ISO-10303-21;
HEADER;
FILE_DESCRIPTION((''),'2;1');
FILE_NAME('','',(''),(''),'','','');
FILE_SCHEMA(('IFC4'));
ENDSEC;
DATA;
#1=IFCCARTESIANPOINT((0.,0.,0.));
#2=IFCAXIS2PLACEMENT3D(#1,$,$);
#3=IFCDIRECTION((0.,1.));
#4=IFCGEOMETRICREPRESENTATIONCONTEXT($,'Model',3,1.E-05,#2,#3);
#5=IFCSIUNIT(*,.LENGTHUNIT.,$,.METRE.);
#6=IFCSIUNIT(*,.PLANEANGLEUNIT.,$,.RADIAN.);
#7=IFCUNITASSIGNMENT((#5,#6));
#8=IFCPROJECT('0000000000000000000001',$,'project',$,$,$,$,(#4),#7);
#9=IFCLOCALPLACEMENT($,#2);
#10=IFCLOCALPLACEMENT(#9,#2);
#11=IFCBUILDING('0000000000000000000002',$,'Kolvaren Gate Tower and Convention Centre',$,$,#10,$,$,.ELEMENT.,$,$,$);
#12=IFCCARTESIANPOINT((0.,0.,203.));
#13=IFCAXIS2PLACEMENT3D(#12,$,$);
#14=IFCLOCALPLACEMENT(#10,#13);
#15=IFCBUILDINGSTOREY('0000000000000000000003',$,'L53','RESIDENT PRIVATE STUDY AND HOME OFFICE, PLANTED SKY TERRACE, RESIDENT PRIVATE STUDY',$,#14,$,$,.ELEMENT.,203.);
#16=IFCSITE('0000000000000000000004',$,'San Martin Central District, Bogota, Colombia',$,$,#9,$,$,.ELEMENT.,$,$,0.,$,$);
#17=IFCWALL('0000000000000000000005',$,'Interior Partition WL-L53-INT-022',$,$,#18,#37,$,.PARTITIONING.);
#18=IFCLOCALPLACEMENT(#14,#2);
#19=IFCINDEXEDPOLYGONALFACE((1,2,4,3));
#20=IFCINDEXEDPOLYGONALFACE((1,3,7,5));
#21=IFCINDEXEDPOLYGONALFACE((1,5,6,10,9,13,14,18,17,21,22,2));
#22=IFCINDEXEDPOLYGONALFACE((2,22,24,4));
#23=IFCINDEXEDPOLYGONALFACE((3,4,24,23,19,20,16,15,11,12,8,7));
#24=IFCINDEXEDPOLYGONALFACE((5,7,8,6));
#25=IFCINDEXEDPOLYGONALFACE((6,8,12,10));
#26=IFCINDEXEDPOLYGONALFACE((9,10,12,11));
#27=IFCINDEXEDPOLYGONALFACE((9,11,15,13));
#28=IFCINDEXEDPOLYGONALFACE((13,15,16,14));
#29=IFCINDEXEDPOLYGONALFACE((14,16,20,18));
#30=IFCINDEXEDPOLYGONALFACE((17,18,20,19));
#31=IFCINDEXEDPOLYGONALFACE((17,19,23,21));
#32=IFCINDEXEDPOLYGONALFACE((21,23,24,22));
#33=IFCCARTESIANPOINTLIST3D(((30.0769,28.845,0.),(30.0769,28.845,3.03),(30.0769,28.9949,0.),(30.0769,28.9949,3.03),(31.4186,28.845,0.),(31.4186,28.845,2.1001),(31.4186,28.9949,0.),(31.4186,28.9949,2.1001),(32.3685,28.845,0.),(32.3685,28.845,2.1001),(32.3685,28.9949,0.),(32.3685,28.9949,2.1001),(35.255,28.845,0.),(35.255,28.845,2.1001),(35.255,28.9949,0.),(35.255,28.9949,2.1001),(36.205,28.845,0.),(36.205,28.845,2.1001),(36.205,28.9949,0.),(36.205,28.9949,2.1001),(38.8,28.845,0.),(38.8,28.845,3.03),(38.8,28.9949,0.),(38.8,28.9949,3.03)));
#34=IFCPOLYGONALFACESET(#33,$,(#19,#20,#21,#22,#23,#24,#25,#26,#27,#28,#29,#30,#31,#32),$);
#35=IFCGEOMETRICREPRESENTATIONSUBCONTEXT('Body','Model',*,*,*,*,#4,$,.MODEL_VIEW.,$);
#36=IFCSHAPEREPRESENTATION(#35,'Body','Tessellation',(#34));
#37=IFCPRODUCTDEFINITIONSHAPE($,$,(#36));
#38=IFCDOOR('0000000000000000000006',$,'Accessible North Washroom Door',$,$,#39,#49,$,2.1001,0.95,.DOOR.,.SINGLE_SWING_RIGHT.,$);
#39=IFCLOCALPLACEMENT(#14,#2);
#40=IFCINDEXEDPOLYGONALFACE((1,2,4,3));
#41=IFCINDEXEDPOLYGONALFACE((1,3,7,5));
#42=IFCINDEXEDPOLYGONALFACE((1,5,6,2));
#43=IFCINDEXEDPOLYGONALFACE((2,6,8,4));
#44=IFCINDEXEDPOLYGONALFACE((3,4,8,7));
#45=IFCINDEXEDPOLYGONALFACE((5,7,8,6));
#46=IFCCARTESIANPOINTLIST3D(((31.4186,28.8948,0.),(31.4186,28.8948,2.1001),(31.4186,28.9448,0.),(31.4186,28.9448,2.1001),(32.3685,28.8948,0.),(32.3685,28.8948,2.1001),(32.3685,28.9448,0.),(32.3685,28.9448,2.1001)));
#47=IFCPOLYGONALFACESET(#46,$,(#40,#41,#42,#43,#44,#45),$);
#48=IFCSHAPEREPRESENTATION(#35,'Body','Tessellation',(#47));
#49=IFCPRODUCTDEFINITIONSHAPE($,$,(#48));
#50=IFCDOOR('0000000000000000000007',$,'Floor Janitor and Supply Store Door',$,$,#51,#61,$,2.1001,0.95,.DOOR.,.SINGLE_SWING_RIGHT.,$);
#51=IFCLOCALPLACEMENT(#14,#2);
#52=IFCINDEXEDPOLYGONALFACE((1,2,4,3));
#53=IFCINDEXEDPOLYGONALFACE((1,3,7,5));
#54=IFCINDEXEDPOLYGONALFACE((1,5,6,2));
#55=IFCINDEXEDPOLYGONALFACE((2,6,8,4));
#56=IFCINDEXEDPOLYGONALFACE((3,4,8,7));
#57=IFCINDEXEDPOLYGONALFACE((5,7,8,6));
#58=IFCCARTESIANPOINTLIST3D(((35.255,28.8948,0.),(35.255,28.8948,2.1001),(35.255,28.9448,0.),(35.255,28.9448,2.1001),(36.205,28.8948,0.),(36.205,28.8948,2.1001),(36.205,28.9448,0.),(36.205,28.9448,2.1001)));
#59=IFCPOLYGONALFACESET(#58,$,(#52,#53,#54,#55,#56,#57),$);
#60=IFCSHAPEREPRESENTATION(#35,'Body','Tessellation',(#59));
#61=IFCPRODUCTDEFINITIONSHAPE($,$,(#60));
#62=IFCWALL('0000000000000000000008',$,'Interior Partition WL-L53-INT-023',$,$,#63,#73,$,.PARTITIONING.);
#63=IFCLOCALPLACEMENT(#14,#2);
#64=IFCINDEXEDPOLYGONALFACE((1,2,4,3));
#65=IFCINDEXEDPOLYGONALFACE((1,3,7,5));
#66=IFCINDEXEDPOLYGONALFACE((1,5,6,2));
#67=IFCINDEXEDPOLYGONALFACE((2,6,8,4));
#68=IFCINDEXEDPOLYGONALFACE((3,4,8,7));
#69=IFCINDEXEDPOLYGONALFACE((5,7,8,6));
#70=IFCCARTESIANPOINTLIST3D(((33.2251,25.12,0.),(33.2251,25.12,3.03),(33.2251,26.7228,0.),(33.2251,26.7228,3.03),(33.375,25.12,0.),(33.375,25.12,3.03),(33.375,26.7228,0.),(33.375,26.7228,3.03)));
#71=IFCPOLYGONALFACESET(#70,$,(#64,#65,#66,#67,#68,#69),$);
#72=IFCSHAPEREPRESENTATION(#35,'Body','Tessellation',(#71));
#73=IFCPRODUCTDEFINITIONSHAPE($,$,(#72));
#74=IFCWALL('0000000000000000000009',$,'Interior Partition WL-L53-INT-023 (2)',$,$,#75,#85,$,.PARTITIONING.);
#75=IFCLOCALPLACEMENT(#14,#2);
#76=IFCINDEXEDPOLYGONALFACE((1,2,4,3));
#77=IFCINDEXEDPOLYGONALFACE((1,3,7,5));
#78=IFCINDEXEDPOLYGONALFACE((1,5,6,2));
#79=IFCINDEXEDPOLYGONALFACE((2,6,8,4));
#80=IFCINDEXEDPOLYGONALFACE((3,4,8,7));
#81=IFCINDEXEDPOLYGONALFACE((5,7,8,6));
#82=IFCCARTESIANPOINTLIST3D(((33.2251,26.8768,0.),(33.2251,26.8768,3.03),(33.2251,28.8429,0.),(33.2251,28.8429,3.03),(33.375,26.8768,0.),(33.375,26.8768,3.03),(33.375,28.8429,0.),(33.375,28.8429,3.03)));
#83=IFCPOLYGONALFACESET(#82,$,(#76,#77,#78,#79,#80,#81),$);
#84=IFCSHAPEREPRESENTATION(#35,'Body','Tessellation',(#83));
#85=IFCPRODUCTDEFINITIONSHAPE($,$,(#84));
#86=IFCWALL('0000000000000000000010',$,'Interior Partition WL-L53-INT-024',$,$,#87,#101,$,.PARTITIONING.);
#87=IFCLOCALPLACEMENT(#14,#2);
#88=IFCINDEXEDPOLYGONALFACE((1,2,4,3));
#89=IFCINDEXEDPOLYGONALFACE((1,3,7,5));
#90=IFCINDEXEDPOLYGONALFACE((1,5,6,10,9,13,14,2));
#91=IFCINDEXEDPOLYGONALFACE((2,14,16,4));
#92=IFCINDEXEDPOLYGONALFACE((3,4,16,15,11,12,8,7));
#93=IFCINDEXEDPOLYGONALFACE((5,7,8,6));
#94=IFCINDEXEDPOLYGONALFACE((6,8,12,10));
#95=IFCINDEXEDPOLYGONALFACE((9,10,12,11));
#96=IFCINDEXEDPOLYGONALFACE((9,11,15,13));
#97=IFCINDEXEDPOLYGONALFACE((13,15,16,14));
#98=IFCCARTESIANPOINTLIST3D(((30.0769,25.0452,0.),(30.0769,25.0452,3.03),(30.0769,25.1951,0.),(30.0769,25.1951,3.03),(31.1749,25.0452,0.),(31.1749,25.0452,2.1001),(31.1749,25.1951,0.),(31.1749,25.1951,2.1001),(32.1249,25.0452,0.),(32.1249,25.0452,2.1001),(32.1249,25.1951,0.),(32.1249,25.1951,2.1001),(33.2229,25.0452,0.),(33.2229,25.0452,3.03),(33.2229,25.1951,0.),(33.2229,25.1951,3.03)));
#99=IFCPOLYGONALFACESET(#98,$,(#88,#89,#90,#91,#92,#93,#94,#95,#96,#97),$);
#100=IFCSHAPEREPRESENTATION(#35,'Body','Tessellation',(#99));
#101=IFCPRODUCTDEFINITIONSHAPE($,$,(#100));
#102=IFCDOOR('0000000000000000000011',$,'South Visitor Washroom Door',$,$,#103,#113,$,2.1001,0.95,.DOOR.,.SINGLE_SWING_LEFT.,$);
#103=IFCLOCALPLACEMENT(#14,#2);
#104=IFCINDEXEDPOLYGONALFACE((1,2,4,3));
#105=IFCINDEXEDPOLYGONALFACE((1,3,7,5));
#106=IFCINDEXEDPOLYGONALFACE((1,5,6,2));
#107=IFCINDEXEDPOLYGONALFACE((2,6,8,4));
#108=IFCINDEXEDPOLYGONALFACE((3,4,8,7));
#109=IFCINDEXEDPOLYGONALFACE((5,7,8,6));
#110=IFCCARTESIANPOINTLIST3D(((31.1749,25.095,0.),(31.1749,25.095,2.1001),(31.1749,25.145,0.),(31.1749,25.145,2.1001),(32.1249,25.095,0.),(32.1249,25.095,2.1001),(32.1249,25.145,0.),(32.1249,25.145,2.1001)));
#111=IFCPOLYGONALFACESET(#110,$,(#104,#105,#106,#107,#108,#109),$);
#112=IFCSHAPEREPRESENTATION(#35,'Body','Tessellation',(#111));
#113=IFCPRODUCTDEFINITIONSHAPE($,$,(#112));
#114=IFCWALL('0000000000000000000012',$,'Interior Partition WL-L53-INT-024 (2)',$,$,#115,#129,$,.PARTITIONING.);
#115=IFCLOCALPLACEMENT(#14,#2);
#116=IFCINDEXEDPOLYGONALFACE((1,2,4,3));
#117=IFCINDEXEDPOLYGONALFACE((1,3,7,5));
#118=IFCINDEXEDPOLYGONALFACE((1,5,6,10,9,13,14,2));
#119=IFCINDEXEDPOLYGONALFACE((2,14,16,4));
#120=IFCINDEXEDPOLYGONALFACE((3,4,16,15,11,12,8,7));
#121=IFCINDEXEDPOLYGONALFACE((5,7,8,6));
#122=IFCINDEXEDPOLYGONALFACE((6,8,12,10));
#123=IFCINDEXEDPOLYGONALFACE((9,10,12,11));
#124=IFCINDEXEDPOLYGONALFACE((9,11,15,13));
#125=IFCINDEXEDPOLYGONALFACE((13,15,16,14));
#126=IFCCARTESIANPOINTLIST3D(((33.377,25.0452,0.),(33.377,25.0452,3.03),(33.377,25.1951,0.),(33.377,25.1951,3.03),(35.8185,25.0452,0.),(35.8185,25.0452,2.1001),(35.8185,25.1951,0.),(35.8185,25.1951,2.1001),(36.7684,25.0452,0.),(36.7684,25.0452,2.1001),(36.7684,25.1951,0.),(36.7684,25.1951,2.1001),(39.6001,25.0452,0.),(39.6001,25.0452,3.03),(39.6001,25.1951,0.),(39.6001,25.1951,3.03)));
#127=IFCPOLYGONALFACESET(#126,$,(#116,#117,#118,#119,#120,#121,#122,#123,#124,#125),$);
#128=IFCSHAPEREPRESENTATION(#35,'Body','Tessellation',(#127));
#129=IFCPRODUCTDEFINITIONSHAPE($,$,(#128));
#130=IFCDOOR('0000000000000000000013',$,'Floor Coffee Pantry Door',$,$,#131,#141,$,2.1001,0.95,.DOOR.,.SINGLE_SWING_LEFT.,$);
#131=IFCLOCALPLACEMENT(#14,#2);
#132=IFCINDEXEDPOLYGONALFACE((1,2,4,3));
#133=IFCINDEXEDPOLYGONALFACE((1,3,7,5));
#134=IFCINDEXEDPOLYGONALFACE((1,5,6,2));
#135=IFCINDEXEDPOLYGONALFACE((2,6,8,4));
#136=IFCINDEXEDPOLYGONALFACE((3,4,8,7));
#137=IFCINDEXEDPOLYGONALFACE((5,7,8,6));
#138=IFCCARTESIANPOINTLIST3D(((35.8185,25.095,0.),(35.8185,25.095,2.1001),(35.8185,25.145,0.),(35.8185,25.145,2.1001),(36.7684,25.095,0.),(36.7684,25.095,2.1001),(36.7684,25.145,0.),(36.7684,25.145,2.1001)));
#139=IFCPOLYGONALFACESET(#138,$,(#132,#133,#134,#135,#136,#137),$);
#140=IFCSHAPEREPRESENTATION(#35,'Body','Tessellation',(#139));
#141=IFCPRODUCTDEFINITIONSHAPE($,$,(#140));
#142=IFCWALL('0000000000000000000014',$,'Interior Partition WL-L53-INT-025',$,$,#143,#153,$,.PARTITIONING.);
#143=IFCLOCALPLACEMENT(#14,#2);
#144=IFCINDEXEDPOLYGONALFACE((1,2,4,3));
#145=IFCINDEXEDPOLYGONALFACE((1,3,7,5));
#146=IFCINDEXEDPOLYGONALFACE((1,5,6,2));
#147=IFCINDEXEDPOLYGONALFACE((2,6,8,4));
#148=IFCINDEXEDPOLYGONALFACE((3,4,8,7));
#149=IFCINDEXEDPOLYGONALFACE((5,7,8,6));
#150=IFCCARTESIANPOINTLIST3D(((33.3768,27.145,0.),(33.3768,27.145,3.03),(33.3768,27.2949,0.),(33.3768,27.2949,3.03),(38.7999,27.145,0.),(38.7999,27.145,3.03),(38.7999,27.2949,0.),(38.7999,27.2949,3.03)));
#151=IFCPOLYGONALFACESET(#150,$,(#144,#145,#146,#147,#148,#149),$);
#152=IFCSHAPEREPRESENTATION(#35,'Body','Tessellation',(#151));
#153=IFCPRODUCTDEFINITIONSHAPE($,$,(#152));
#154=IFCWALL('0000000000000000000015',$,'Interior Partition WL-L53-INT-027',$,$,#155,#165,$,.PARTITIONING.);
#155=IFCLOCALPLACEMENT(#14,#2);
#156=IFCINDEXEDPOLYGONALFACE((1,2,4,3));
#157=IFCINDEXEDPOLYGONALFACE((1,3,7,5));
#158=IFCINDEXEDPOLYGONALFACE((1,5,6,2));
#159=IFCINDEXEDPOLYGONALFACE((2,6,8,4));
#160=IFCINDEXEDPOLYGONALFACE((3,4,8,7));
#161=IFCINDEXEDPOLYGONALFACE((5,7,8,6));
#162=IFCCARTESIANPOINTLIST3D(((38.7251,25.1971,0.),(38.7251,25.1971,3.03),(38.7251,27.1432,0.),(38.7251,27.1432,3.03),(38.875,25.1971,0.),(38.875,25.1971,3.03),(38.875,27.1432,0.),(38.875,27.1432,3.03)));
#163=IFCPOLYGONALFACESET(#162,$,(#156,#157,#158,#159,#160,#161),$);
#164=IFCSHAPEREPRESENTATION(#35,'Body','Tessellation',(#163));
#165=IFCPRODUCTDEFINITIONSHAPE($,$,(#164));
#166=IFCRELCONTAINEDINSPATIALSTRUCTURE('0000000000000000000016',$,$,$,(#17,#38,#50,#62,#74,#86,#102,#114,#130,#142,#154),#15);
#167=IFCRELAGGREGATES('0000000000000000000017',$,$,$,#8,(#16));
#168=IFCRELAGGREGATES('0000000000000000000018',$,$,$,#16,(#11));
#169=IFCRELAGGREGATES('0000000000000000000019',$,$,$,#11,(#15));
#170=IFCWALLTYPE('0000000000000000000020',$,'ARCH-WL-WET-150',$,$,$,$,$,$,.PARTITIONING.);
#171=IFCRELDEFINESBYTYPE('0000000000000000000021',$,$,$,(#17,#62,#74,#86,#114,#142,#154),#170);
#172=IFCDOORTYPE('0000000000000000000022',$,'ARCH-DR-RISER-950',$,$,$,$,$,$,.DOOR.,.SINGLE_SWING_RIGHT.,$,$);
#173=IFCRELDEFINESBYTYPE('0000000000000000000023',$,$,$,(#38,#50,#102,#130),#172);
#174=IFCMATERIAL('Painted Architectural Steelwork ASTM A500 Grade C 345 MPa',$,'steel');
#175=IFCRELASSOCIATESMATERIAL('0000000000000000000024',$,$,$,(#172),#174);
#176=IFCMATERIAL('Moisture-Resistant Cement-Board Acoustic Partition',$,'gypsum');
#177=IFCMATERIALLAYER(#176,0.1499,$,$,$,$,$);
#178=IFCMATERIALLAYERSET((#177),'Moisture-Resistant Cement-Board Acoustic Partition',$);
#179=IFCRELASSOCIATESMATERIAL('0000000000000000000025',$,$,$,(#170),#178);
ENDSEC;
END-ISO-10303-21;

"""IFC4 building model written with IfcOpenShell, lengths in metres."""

from ifc_helpers import new_model, si_unit, direction, frame, frame_2d, origin, place, context, subcontext, project, spatial, rectangle, extrude, material, layer, layer_set, type_object, element, fill, save


model = new_model("IFC4")

# Units and contexts
model_context = context("Model", 3, precision=1e-05, world=origin(), true_north=direction((0.0, 1.0)))
body_context = subcontext(model_context, "Body", "Model", "MODEL_VIEW")
ifc_project = project(units=[si_unit("LENGTHUNIT", "METRE"), si_unit("PLANEANGLEUNIT", "RADIAN")], contexts=[model_context])

# Site, building, storey
site_placement = place(None, origin())
site = spatial("IfcSite", under=ifc_project, at=site_placement, Name="San Martin Central District, Bogota, Colombia", CompositionType="ELEMENT", RefElevation=0.0)
building_placement = place(site_placement, origin())
building = spatial("IfcBuilding", under=site, at=building_placement, Name="Kolvaren Gate Tower and Convention Centre", CompositionType="ELEMENT")
storey_placement = place(building_placement, frame((0.0, 0.0, 203.0)))
storey = spatial("IfcBuildingStorey", under=building, at=storey_placement, Name="L53", Description="RESIDENT PRIVATE STUDY AND HOME OFFICE, PLANTED SKY TERRACE, RESIDENT PRIVATE STUDY", CompositionType="ELEMENT", Elevation=203.0)

# Shared definitions
ifc_material_1 = material(Name="Painted Architectural Steelwork ASTM A500 Grade C 345 MPa", Category="steel")
door_type_1 = type_object("IfcDoorType", Name="ARCH-DR-RISER-950", OperationType="SINGLE_SWING_RIGHT", PredefinedType="DOOR", material=ifc_material_1)

# Shared definitions
ifc_material_2 = material(Name="Moisture-Resistant Cement-Board Acoustic Partition", Category="gypsum")
ifc_layer_1 = layer(ifc_material_2, 0.1499)
ifc_layer_set_1 = layer_set([ifc_layer_1], Name="Moisture-Resistant Cement-Board Acoustic Partition")
wall_type_1 = type_object("IfcWallType", Name="ARCH-WL-WET-150", PredefinedType="PARTITIONING", material=ifc_layer_set_1)

# Wall, openings, doors
wall_1_placement = place(storey_placement, frame((30.0769, 28.9199, 0.0), z_axis=(0.0, 0.0, 1.0), x_axis=(1.0, 0.0, 0.0)))
wall_1 = element("IfcWall", 1, at=wall_1_placement, inside=storey, type_object=wall_type_1, Name="Interior Partition WL-L53-INT-022", PredefinedType="PARTITIONING", context=body_context, shape_type="SweptSolid", body=[
    extrude(rectangle(XDim=8.7231, YDim=0.1499, at=frame_2d((4.3616, 0.0))), origin(), (0.0, 0.0, 1.0), 3.03),
])
opening_1_placement = place(wall_1_placement, frame((1.3416, 0.0, 0.0)))
opening_1 = element("IfcOpeningElement", 2, at=opening_1_placement, cuts=wall_1, PredefinedType="OPENING", context=body_context, shape_type="SweptSolid", body=[
    extrude(rectangle(XDim=0.95, YDim=2.1001, at=frame_2d((0.4751, 1.05))), frame((0.0, 0.085, 0.0), z_axis=(0.0, -1.0, 0.0), x_axis=(1.0, 0.0, 0.0)), (0.0, 0.0, 1.0), 0.1699),
])
opening_2_placement = place(wall_1_placement, frame((5.178, 0.0, 0.0)))
opening_2 = element("IfcOpeningElement", 3, at=opening_2_placement, cuts=wall_1, PredefinedType="OPENING", context=body_context, shape_type="SweptSolid", body=[
    extrude(rectangle(XDim=0.95, YDim=2.1001, at=frame_2d((0.4751, 1.05))), frame((0.0, 0.085, 0.0), z_axis=(0.0, -1.0, 0.0), x_axis=(1.0, 0.0, 0.0)), (0.0, 0.0, 1.0), 0.1699),
])
door_1_placement = place(opening_1_placement, origin())
door_1 = element("IfcDoor", 4, at=door_1_placement, inside=storey, type_object=door_type_1, Name="Accessible North Washroom Door", OperationType="SINGLE_SWING_RIGHT", OverallHeight=2.1001, OverallWidth=0.95, PredefinedType="DOOR", context=body_context, shape_type="SweptSolid", body=[
    extrude(rectangle(XDim=0.95, YDim=2.1001, at=frame_2d((0.4751, 1.05))), frame((0.0, 0.0249, 0.0), z_axis=(0.0, -1.0, 0.0), x_axis=(1.0, 0.0, 0.0)), (0.0, 0.0, 1.0), 0.05),
])
fill(opening_1, door_1)
door_2_placement = place(opening_2_placement, origin())
door_2 = element("IfcDoor", 5, at=door_2_placement, inside=storey, type_object=door_type_1, Name="Floor Janitor and Supply Store Door", OperationType="SINGLE_SWING_RIGHT", OverallHeight=2.1001, OverallWidth=0.95, PredefinedType="DOOR", context=body_context, shape_type="SweptSolid", body=[
    extrude(rectangle(XDim=0.95, YDim=2.1001, at=frame_2d((0.4751, 1.05))), frame((0.0, 0.0249, 0.0), z_axis=(0.0, -1.0, 0.0), x_axis=(1.0, 0.0, 0.0)), (0.0, 0.0, 1.0), 0.05),
])
fill(opening_2, door_2)

# Walls
wall_2_placement = place(storey_placement, frame((33.3, 25.1201, 0.0), z_axis=(0.0, 0.0, 1.0), x_axis=(0.0, 1.0, 0.0)))
element("IfcWall", 6, at=wall_2_placement, inside=storey, type_object=wall_type_1, Name="Interior Partition WL-L53-INT-023", PredefinedType="PARTITIONING", context=body_context, shape_type="SweptSolid", body=[
    extrude(rectangle(XDim=1.6028, YDim=0.1499, at=frame_2d((0.8013, 0.0))), origin(), (0.0, 0.0, 1.0), 3.03),
])
wall_3_placement = place(storey_placement, frame((33.3, 26.877, 0.0), z_axis=(0.0, 0.0, 1.0), x_axis=(0.0, 1.0, 0.0)))
element("IfcWall", 7, at=wall_3_placement, inside=storey, type_object=wall_type_1, Name="Interior Partition WL-L53-INT-023 (2)", PredefinedType="PARTITIONING", context=body_context, shape_type="SweptSolid", body=[
    extrude(rectangle(XDim=1.9661, YDim=0.1499, at=frame_2d((0.9829, 0.0))), origin(), (0.0, 0.0, 1.0), 3.03),
])

# Walls, openings, doors
wall_4_placement = place(storey_placement, frame((30.0769, 25.1201, 0.0), z_axis=(0.0, 0.0, 1.0), x_axis=(1.0, 0.0, 0.0)))
wall_4 = element("IfcWall", 8, at=wall_4_placement, inside=storey, type_object=wall_type_1, Name="Interior Partition WL-L53-INT-024", PredefinedType="PARTITIONING", context=body_context, shape_type="SweptSolid", body=[
    extrude(rectangle(XDim=3.146, YDim=0.1499, at=frame_2d((1.573, 0.0))), origin(), (0.0, 0.0, 1.0), 3.03),
])
opening_3_placement = place(wall_4_placement, frame((1.0979, 0.0, 0.0)))
opening_3 = element("IfcOpeningElement", 9, at=opening_3_placement, cuts=wall_4, PredefinedType="OPENING", context=body_context, shape_type="SweptSolid", body=[
    extrude(rectangle(XDim=0.95, YDim=2.1001, at=frame_2d((0.4751, 1.05))), frame((0.0, 0.085, 0.0), z_axis=(0.0, -1.0, 0.0), x_axis=(1.0, 0.0, 0.0)), (0.0, 0.0, 1.0), 0.1699),
])
door_3_placement = place(opening_3_placement, origin())
door_3 = element("IfcDoor", 10, at=door_3_placement, inside=storey, type_object=door_type_1, Name="South Visitor Washroom Door", OperationType="SINGLE_SWING_LEFT", OverallHeight=2.1001, OverallWidth=0.95, PredefinedType="DOOR", context=body_context, shape_type="SweptSolid", body=[
    extrude(rectangle(XDim=0.95, YDim=2.1001, at=frame_2d((0.4751, 1.05))), frame((0.0, 0.0249, 0.0), z_axis=(0.0, -1.0, 0.0), x_axis=(1.0, 0.0, 0.0)), (0.0, 0.0, 1.0), 0.05),
])
fill(opening_3, door_3)
wall_5_placement = place(storey_placement, frame((33.377, 25.1201, 0.0), z_axis=(0.0, 0.0, 1.0), x_axis=(1.0, 0.0, 0.0)))
wall_5 = element("IfcWall", 11, at=wall_5_placement, inside=storey, type_object=wall_type_1, Name="Interior Partition WL-L53-INT-024 (2)", PredefinedType="PARTITIONING", context=body_context, shape_type="SweptSolid", body=[
    extrude(rectangle(XDim=6.2231, YDim=0.1499, at=frame_2d((3.1116, 0.0))), origin(), (0.0, 0.0, 1.0), 3.03),
])
opening_4_placement = place(wall_5_placement, frame((2.4414, 0.0, 0.0)))
opening_4 = element("IfcOpeningElement", 12, at=opening_4_placement, cuts=wall_5, PredefinedType="OPENING", context=body_context, shape_type="SweptSolid", body=[
    extrude(rectangle(XDim=0.95, YDim=2.1001, at=frame_2d((0.4751, 1.05))), frame((0.0, 0.085, 0.0), z_axis=(0.0, -1.0, 0.0), x_axis=(1.0, 0.0, 0.0)), (0.0, 0.0, 1.0), 0.1699),
])
door_4_placement = place(opening_4_placement, origin())
door_4 = element("IfcDoor", 13, at=door_4_placement, inside=storey, type_object=door_type_1, Name="Floor Coffee Pantry Door", OperationType="SINGLE_SWING_LEFT", OverallHeight=2.1001, OverallWidth=0.95, PredefinedType="DOOR", context=body_context, shape_type="SweptSolid", body=[
    extrude(rectangle(XDim=0.95, YDim=2.1001, at=frame_2d((0.4751, 1.05))), frame((0.0, 0.0249, 0.0), z_axis=(0.0, -1.0, 0.0), x_axis=(1.0, 0.0, 0.0)), (0.0, 0.0, 1.0), 0.05),
])
fill(opening_4, door_4)

# Walls
wall_6_placement = place(storey_placement, frame((33.377, 27.22, 0.0), z_axis=(0.0, 0.0, 1.0), x_axis=(1.0, 0.0, 0.0)))
element("IfcWall", 14, at=wall_6_placement, inside=storey, type_object=wall_type_1, Name="Interior Partition WL-L53-INT-025", PredefinedType="PARTITIONING", context=body_context, shape_type="SweptSolid", body=[
    extrude(rectangle(XDim=5.4231, YDim=0.1499, at=frame_2d((2.7114, 0.0))), origin(), (0.0, 0.0, 1.0), 3.03),
])
wall_7_placement = place(storey_placement, frame((38.8, 25.197, 0.0), z_axis=(0.0, 0.0, 1.0), x_axis=(0.0, 1.0, 0.0)))
element("IfcWall", 15, at=wall_7_placement, inside=storey, type_object=wall_type_1, Name="Interior Partition WL-L53-INT-027", PredefinedType="PARTITIONING", context=body_context, shape_type="SweptSolid", body=[
    extrude(rectangle(XDim=1.946, YDim=0.1499, at=frame_2d((0.9731, 0.0))), origin(), (0.0, 0.0, 1.0), 3.03),
])

save(model, "model.ifc")
